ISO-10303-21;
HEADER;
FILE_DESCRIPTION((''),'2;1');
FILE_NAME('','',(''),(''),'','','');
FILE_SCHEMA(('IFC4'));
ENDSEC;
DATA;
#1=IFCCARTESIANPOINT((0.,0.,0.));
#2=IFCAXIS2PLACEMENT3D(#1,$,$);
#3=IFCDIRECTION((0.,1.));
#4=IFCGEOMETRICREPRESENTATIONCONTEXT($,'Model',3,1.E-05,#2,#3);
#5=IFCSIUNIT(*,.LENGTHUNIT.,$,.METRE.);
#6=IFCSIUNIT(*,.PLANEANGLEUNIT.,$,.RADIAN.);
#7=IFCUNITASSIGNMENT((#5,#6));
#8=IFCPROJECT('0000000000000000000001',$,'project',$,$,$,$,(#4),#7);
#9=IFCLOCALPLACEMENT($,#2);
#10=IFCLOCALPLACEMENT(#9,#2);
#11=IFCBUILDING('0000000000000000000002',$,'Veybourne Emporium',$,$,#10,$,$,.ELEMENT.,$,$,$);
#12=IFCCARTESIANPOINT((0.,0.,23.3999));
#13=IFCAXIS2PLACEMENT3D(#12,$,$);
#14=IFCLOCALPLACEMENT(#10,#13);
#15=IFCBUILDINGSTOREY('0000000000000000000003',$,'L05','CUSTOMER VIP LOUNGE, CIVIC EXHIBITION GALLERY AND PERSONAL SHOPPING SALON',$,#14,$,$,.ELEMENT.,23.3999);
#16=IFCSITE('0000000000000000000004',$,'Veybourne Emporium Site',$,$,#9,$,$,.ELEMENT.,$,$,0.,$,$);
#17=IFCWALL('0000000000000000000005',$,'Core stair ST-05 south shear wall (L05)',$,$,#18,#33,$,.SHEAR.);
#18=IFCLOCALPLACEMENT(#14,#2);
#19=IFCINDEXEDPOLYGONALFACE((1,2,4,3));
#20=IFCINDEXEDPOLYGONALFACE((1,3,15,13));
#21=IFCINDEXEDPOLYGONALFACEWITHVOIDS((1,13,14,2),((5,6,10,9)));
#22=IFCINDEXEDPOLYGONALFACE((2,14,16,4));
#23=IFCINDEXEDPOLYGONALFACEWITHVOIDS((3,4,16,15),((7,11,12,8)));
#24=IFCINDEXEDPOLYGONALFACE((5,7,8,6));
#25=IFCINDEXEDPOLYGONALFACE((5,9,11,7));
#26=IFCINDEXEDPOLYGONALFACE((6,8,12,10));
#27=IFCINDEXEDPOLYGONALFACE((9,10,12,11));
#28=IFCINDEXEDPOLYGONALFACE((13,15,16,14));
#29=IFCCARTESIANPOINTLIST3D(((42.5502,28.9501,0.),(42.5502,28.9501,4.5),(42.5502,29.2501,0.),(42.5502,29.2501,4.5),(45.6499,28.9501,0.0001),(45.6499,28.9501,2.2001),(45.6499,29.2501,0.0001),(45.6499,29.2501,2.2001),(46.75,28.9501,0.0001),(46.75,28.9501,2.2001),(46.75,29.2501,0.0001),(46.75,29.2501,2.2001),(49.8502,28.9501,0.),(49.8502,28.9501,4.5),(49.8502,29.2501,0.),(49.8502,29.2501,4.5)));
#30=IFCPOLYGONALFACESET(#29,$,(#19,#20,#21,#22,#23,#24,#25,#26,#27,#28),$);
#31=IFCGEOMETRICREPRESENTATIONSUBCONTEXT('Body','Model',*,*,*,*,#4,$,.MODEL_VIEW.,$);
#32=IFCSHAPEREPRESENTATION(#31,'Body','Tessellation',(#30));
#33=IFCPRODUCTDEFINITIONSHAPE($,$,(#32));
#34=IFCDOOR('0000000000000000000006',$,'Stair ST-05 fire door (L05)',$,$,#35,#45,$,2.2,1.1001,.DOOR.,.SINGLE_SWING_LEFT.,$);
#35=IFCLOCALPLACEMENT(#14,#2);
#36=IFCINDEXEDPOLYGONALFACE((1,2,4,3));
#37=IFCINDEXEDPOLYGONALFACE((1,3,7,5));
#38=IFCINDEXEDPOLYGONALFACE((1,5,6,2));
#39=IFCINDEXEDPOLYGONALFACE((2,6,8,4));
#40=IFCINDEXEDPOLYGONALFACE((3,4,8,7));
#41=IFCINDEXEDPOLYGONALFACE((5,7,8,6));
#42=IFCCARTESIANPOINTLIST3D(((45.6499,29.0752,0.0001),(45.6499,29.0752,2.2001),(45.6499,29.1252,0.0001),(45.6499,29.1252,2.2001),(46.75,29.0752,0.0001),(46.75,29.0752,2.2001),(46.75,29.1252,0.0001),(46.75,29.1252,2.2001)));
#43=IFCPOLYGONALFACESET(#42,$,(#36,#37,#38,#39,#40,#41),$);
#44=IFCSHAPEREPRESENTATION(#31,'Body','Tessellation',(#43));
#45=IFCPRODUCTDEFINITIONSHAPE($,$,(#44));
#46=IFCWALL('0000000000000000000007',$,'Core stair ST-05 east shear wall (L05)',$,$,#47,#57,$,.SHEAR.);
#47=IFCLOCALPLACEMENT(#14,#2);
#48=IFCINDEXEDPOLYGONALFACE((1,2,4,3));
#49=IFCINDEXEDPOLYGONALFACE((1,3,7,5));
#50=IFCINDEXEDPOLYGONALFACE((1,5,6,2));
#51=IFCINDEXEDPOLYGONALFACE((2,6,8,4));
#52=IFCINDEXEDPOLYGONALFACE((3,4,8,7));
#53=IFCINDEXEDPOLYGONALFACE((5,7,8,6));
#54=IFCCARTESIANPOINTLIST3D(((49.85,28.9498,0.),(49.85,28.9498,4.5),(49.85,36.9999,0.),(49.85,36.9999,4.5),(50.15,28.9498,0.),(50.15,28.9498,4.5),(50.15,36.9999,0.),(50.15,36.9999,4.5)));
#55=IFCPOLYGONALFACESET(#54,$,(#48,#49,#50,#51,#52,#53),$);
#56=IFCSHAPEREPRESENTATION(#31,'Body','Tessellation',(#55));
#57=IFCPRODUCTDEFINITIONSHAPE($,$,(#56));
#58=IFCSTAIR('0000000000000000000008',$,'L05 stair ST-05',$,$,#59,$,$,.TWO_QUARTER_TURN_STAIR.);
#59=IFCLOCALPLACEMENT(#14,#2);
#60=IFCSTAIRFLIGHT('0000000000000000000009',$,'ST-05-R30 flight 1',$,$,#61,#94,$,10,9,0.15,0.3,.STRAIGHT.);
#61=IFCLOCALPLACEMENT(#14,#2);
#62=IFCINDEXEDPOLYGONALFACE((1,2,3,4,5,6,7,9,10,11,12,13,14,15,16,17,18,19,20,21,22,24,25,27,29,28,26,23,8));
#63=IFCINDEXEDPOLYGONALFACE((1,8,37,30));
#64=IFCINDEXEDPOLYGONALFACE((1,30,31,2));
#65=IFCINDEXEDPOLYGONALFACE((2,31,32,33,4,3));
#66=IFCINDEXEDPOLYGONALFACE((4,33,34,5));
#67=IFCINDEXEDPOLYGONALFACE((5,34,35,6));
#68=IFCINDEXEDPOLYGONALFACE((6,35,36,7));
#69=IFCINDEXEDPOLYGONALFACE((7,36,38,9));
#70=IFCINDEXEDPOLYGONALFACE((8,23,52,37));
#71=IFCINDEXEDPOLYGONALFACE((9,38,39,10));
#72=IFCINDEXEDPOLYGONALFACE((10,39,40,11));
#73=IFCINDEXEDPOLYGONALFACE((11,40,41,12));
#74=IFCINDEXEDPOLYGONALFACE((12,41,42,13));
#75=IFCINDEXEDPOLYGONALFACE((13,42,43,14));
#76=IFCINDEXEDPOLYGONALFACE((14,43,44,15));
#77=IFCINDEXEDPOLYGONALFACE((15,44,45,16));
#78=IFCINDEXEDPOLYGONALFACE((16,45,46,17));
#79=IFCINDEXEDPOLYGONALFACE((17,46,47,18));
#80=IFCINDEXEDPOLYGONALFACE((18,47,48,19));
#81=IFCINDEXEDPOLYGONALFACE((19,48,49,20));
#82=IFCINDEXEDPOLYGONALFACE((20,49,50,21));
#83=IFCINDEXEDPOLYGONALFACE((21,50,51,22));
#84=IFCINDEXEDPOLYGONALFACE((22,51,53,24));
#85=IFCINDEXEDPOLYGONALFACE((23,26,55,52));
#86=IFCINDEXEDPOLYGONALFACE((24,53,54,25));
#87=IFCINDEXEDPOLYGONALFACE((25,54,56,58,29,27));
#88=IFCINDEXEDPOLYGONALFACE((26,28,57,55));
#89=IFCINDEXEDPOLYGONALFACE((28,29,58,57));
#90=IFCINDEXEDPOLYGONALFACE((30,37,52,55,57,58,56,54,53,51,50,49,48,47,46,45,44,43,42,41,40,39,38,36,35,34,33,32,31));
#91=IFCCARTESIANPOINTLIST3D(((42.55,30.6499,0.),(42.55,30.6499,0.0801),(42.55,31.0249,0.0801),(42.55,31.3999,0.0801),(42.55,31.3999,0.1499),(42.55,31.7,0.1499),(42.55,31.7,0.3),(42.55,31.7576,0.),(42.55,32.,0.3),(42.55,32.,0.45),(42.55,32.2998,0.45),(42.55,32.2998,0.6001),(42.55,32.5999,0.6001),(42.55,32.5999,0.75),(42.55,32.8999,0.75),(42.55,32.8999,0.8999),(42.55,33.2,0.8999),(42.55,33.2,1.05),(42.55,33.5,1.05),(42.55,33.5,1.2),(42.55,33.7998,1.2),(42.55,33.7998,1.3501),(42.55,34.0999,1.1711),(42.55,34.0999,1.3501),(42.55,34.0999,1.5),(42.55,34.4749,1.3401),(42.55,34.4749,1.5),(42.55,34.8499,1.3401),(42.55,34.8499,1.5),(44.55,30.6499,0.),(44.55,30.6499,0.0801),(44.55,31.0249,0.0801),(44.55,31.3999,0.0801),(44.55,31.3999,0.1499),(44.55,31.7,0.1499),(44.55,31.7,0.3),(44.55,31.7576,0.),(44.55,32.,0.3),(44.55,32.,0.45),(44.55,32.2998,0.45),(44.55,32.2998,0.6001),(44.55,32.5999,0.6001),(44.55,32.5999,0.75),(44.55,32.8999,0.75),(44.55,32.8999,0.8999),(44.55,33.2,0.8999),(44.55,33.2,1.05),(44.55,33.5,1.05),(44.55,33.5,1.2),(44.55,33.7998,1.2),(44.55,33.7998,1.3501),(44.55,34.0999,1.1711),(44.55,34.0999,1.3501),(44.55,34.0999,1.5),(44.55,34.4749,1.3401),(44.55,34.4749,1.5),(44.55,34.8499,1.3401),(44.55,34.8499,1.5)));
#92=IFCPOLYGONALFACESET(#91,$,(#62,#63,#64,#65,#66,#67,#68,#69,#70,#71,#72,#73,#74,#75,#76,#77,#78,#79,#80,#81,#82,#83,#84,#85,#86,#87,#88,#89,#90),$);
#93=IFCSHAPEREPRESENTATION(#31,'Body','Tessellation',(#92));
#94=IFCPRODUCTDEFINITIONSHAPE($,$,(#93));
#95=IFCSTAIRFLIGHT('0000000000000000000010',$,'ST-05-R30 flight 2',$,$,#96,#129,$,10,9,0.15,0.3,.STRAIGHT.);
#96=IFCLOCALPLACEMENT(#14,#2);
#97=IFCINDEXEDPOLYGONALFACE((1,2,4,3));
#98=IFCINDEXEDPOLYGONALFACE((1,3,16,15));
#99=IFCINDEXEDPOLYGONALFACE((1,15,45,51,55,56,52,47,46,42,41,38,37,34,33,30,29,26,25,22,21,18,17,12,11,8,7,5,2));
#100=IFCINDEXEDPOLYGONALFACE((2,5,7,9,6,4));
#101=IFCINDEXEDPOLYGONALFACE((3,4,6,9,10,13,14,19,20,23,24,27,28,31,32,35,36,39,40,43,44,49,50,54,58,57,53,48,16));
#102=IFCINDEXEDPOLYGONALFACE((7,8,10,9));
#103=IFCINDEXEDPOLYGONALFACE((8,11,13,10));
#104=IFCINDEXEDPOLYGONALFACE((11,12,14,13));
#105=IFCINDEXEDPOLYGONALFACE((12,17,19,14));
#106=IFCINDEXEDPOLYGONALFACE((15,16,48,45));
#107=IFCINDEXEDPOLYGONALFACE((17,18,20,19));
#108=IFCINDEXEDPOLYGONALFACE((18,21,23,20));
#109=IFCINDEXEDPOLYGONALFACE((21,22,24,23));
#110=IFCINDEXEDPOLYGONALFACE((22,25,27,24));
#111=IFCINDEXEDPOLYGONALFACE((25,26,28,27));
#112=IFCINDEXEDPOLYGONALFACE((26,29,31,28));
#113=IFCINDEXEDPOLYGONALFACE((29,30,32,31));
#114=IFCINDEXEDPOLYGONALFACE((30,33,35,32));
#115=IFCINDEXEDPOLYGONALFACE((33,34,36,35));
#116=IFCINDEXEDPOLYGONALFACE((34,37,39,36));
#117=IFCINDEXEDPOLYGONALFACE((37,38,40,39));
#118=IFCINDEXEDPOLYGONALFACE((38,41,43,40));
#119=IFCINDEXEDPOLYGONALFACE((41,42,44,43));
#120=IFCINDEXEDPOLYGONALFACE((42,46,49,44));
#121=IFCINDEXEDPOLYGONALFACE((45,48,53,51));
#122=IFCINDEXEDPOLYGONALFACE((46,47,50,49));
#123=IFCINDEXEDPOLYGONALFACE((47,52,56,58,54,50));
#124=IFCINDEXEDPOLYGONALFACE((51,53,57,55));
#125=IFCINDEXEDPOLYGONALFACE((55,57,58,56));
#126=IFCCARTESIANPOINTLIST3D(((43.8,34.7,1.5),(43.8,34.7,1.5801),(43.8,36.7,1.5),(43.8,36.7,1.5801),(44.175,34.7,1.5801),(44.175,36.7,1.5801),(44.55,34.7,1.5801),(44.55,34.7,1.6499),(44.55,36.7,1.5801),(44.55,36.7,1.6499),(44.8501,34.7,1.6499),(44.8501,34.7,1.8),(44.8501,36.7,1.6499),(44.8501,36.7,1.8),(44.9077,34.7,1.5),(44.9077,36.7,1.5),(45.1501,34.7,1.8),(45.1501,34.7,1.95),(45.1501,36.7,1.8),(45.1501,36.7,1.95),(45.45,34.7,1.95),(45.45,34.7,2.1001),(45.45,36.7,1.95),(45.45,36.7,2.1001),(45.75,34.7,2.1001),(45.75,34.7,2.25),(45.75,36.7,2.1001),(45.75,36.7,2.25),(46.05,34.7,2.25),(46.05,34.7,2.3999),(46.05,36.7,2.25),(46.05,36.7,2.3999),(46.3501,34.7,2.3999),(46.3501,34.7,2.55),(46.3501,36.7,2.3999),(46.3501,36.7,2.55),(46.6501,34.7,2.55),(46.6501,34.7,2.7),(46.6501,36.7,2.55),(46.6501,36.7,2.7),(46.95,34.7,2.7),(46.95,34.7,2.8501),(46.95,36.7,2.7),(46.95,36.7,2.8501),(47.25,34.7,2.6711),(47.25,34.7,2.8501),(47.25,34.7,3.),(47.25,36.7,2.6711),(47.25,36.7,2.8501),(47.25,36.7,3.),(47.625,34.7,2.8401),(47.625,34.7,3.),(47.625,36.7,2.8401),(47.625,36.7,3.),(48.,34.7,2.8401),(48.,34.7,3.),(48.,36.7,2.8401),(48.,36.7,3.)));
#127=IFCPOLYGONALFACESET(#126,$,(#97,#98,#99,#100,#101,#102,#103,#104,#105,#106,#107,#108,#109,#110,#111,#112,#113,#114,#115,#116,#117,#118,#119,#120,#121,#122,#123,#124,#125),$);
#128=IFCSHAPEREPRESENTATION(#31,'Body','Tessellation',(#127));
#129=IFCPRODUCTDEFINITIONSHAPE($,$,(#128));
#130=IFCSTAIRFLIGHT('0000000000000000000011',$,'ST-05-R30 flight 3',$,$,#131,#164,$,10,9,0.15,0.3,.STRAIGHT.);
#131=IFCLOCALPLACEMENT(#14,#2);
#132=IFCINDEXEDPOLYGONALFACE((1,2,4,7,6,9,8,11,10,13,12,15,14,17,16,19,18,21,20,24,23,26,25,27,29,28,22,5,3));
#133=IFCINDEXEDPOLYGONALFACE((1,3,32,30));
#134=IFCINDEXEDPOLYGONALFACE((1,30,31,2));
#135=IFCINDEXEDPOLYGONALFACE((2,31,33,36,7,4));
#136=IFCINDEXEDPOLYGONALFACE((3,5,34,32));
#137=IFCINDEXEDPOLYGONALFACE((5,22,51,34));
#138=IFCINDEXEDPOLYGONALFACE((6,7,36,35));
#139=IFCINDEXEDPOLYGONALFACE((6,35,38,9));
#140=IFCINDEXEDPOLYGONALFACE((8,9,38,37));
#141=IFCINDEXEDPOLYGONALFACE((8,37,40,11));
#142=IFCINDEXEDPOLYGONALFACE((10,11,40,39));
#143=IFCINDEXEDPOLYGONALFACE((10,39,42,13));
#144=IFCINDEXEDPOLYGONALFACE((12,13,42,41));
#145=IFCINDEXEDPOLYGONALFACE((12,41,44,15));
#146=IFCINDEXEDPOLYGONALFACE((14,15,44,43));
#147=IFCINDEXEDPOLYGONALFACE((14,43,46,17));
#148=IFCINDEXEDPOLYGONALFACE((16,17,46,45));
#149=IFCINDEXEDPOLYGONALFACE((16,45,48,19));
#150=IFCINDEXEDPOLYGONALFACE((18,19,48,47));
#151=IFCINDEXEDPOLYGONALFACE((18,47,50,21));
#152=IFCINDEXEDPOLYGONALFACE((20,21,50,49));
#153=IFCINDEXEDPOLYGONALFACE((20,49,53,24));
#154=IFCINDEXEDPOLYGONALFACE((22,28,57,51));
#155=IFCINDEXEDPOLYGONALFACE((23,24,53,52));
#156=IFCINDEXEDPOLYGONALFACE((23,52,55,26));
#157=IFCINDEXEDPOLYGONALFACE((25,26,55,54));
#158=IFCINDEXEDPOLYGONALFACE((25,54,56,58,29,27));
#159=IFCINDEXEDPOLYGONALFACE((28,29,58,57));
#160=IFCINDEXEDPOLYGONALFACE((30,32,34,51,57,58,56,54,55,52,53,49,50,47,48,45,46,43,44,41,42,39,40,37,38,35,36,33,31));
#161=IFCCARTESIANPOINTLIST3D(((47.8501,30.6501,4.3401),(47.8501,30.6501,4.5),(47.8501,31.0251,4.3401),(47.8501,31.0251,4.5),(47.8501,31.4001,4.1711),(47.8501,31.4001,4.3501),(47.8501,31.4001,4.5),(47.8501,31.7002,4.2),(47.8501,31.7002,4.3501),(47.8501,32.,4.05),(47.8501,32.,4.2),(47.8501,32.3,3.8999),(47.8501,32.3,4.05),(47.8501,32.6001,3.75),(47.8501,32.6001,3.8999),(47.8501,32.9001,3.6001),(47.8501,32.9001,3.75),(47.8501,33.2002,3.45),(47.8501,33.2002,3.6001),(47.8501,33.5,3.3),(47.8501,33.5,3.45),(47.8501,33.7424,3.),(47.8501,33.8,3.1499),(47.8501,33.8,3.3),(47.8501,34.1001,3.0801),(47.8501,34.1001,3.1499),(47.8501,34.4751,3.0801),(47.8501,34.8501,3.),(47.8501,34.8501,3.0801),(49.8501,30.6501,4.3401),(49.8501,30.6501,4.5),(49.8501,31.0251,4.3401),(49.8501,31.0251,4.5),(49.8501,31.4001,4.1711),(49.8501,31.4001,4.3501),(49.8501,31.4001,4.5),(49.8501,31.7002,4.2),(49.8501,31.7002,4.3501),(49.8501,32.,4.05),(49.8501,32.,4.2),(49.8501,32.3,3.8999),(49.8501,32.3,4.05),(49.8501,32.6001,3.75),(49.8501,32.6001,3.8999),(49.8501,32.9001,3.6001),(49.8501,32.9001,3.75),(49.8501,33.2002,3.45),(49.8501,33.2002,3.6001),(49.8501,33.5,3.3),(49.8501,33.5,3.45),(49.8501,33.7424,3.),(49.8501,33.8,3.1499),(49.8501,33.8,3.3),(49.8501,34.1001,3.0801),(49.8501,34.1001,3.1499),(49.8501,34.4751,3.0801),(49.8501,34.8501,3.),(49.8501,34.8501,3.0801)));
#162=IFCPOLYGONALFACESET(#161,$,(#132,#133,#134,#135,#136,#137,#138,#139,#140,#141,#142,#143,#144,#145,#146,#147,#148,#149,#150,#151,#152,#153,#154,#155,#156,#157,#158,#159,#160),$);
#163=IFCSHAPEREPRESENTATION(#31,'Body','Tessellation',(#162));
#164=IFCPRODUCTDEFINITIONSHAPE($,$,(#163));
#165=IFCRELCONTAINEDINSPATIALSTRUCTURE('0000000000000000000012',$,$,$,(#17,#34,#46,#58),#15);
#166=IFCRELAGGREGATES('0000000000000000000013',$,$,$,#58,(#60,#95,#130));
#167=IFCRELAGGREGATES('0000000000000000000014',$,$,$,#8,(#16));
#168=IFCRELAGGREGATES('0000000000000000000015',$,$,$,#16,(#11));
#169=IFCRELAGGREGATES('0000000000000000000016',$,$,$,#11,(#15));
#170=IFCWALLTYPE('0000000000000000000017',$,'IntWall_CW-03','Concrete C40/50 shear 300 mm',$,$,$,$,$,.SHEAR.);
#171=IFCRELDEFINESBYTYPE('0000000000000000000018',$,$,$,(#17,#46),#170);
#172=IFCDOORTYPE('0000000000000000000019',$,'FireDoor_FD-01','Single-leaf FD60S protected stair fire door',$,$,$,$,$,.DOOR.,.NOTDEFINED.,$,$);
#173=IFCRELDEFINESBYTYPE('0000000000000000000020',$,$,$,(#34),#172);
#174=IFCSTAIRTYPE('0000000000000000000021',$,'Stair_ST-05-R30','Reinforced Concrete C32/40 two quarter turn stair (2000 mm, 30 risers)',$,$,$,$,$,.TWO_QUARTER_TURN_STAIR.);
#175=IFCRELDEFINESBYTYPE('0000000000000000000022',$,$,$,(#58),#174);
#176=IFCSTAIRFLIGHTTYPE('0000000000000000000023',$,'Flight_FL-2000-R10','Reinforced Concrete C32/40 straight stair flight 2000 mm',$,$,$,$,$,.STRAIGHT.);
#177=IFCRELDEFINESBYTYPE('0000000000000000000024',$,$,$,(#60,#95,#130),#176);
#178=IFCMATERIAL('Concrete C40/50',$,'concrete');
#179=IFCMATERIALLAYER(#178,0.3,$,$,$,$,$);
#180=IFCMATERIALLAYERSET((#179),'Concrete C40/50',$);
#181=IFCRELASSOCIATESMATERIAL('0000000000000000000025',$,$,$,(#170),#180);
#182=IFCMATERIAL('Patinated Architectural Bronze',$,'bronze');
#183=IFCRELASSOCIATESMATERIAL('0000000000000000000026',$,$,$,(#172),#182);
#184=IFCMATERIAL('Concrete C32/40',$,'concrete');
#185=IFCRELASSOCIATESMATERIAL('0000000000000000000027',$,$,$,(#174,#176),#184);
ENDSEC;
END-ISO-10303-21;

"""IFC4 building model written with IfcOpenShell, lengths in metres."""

from ifc_helpers import new_model, si_unit, direction, frame, frame_2d, origin, place, context, subcontext, project, spatial, polyline, rectangle, outline, extrude, material, layer, layer_set, type_object, element, fill, aggregate, save


model = new_model("IFC4")

# Units and contexts
model_context = context("Model", 3, precision=1e-05, world=origin(), true_north=direction((0.0, 1.0)))
body_context = subcontext(model_context, "Body", "Model", "MODEL_VIEW")
ifc_project = project(units=[si_unit("LENGTHUNIT", "METRE"), si_unit("PLANEANGLEUNIT", "RADIAN")], contexts=[model_context])

# Site, building, storey
site_placement = place(None, origin())
site = spatial("IfcSite", under=ifc_project, at=site_placement, Name="Veybourne Emporium Site", CompositionType="ELEMENT", RefElevation=0.0)
building_placement = place(site_placement, origin())
building = spatial("IfcBuilding", under=site, at=building_placement, Name="Veybourne Emporium", CompositionType="ELEMENT")
storey_placement = place(building_placement, frame((0.0, 0.0, 23.3999)))
storey = spatial("IfcBuildingStorey", under=building, at=storey_placement, Name="L05", Description="CUSTOMER VIP LOUNGE, CIVIC EXHIBITION GALLERY AND PERSONAL SHOPPING SALON", CompositionType="ELEMENT", Elevation=23.3999)

# Shared definitions
ifc_material_1 = material(Name="Concrete C40/50", Category="concrete")

# Shared definitions
ifc_material_2 = material(Name="Concrete C32/40", Category="concrete")

# Wall, opening, door
ifc_layer_1 = layer(ifc_material_1, 0.3)
ifc_layer_set_1 = layer_set([ifc_layer_1], Name="Concrete C40/50")
wall_type_1 = type_object("IfcWallType", Name="IntWall_CW-03", Description="Concrete C40/50 shear 300 mm", PredefinedType="SHEAR", material=ifc_layer_set_1)
wall_1_placement = place(storey_placement, frame((49.8501, 29.1001, 0.0), z_axis=(0.0, 0.0, 1.0), x_axis=(-1.0, 0.0, 0.0)))
wall_1 = element("IfcWall", 1, at=wall_1_placement, inside=storey, type_object=wall_type_1, Name="Core stair ST-05 south shear wall (L05)", PredefinedType="SHEAR", context=body_context, shape_type="SweptSolid", body=[
    extrude(rectangle(XDim=7.3, YDim=0.3, at=frame_2d((3.6499, 0.0))), origin(), (0.0, 0.0, 1.0), 4.5),
])
opening_1_placement = place(wall_1_placement, frame((3.1001, 0.0, 0.0)))
opening_1 = element("IfcOpeningElement", 2, at=opening_1_placement, cuts=wall_1, PredefinedType="OPENING", context=body_context, shape_type="SweptSolid", body=[
    extrude(rectangle(XDim=1.1001, YDim=2.2, at=frame_2d((0.55, 1.1001))), frame((0.0, 0.1699, 0.0), z_axis=(0.0, -1.0, 0.0), x_axis=(1.0, 0.0, 0.0)), (0.0, 0.0, 1.0), 0.3401),
])
ifc_material_3 = material(Name="Patinated Architectural Bronze", Category="bronze")
door_type = type_object("IfcDoorType", Name="FireDoor_FD-01", Description="Single-leaf FD60S protected stair fire door", OperationType="NOTDEFINED", PredefinedType="DOOR", material=ifc_material_3)
door_placement = place(opening_1_placement, origin())
door = element("IfcDoor", 3, at=door_placement, inside=storey, type_object=door_type, Name="Stair ST-05 fire door (L05)", OperationType="SINGLE_SWING_LEFT", OverallHeight=2.2, OverallWidth=1.1001, PredefinedType="DOOR", context=body_context, shape_type="SweptSolid", body=[
    extrude(rectangle(XDim=1.1001, YDim=2.2, at=frame_2d((0.55, 1.1001))), frame((0.0, 0.0249, 0.0), z_axis=(0.0, -1.0, 0.0), x_axis=(1.0, 0.0, 0.0)), (0.0, 0.0, 1.0), 0.05),
])
fill(opening_1, door)

# Wall
wall_2_placement = place(storey_placement, frame((50.0, 28.95, 0.0), z_axis=(0.0, 0.0, 1.0), x_axis=(0.0, 1.0, 0.0)))
element("IfcWall", 4, at=wall_2_placement, inside=storey, type_object=wall_type_1, Name="Core stair ST-05 east shear wall (L05)", PredefinedType="SHEAR", context=body_context, shape_type="SweptSolid", body=[
    extrude(rectangle(XDim=8.05, YDim=0.3, at=frame_2d((4.0249, 0.0))), origin(), (0.0, 0.0, 1.0), 4.5),
])

# Stair, stair flights
stair_type = type_object("IfcStairType", Name="Stair_ST-05-R30", Description="Reinforced Concrete C32/40 two quarter turn stair (2000 mm, 30 risers)", PredefinedType="TWO_QUARTER_TURN_STAIR", material=ifc_material_2)
stair_placement = place(storey_placement, origin())
stair = element("IfcStair", 5, at=stair_placement, inside=storey, type_object=stair_type, Name="L05 stair ST-05", PredefinedType="TWO_QUARTER_TURN_STAIR")
stair_flight_type = type_object("IfcStairFlightType", Name="Flight_FL-2000-R10", Description="Reinforced Concrete C32/40 straight stair flight 2000 mm", PredefinedType="STRAIGHT", material=ifc_material_2)
stair_flight_1_placement = place(storey_placement, frame((43.55, 31.3999, 0.0), z_axis=(0.0, 0.0, 1.0), x_axis=(0.0, 1.0, 0.0)))
stair_flight_1 = element("IfcStairFlight", 6, at=stair_flight_1_placement, type_object=stair_flight_type, Name="ST-05-R30 flight 1", NumberOfRisers=10, NumberOfTreads=9, PredefinedType="STRAIGHT", RiserHeight=0.15, TreadLength=0.3, context=body_context, shape_type="SweptSolid", body=[
    extrude(outline(polyline([(-0.75, 0.0), (-0.75, 0.0801), (-0.375, 0.0801), (0.0, 0.0801), (0.0, 0.1499), (0.3, 0.1499), (0.3, 0.3), (0.6001, 0.3), (0.6001, 0.45), (0.8999, 0.45), (0.8999, 0.6001), (1.2, 0.6001), (1.2, 0.75), (1.5, 0.75), (1.5, 0.8999), (1.8, 0.8999), (1.8, 1.05), (2.1001, 1.05), (2.1001, 1.2), (2.3999, 1.2), (2.3999, 1.3501), (2.7, 1.3501), (2.7, 1.5), (3.075, 1.5), (3.45, 1.5), (3.45, 1.3401), (3.075, 1.3401), (2.7, 1.1711), (0.3577, 0.0), (-0.75, 0.0)])), frame((0.0, 1.0, 0.0), z_axis=(0.0, -1.0, 0.0), x_axis=(1.0, 0.0, 0.0)), (0.0, 0.0, 1.0), 2.0),
])
stair_flight_2_placement = place(storey_placement, frame((44.55, 35.7, 1.5), z_axis=(0.0, 0.0, 1.0), x_axis=(1.0, 0.0, 0.0)))
stair_flight_2 = element("IfcStairFlight", 7, at=stair_flight_2_placement, type_object=stair_flight_type, Name="ST-05-R30 flight 2", NumberOfRisers=10, NumberOfTreads=9, PredefinedType="STRAIGHT", RiserHeight=0.15, TreadLength=0.3, context=body_context, shape_type="SweptSolid", body=[
    extrude(outline(polyline([(-0.75, 0.0), (-0.75, 0.0801), (-0.375, 0.0801), (0.0, 0.0801), (0.0, 0.1499), (0.3, 0.1499), (0.3, 0.3), (0.6001, 0.3), (0.6001, 0.45), (0.8999, 0.45), (0.8999, 0.6001), (1.2, 0.6001), (1.2, 0.75), (1.5, 0.75), (1.5, 0.8999), (1.8, 0.8999), (1.8, 1.05), (2.1001, 1.05), (2.1001, 1.2), (2.3999, 1.2), (2.3999, 1.3501), (2.7, 1.3501), (2.7, 1.5), (3.075, 1.5), (3.45, 1.5), (3.45, 1.3401), (3.075, 1.3401), (2.7, 1.1711), (0.3577, 0.0), (-0.75, 0.0)])), frame((0.0, 1.0, 0.0), z_axis=(0.0, -1.0, 0.0), x_axis=(1.0, 0.0, 0.0)), (0.0, 0.0, 1.0), 2.0),
])
stair_flight_3_placement = place(storey_placement, frame((48.8501, 34.1001, 3.0), z_axis=(0.0, 0.0, 1.0), x_axis=(0.0, -1.0, 0.0)))
stair_flight_3 = element("IfcStairFlight", 8, at=stair_flight_3_placement, type_object=stair_flight_type, Name="ST-05-R30 flight 3", NumberOfRisers=10, NumberOfTreads=9, PredefinedType="STRAIGHT", RiserHeight=0.15, TreadLength=0.3, context=body_context, shape_type="SweptSolid", body=[
    extrude(outline(polyline([(-0.75, 0.0), (-0.75, 0.0801), (-0.375, 0.0801), (0.0, 0.0801), (0.0, 0.1499), (0.3, 0.1499), (0.3, 0.3), (0.6001, 0.3), (0.6001, 0.45), (0.8999, 0.45), (0.8999, 0.6001), (1.2, 0.6001), (1.2, 0.75), (1.5, 0.75), (1.5, 0.8999), (1.8, 0.8999), (1.8, 1.05), (2.1001, 1.05), (2.1001, 1.2), (2.3999, 1.2), (2.3999, 1.3501), (2.7, 1.3501), (2.7, 1.5), (3.075, 1.5), (3.45, 1.5), (3.45, 1.3401), (3.075, 1.3401), (2.7, 1.1711), (0.3577, 0.0), (-0.75, 0.0)])), frame((0.0, 1.0, 0.0), z_axis=(0.0, -1.0, 0.0), x_axis=(1.0, 0.0, 0.0)), (0.0, 0.0, 1.0), 2.0),
])
aggregate(stair, [stair_flight_1, stair_flight_2, stair_flight_3])

save(model, "model.ifc")
